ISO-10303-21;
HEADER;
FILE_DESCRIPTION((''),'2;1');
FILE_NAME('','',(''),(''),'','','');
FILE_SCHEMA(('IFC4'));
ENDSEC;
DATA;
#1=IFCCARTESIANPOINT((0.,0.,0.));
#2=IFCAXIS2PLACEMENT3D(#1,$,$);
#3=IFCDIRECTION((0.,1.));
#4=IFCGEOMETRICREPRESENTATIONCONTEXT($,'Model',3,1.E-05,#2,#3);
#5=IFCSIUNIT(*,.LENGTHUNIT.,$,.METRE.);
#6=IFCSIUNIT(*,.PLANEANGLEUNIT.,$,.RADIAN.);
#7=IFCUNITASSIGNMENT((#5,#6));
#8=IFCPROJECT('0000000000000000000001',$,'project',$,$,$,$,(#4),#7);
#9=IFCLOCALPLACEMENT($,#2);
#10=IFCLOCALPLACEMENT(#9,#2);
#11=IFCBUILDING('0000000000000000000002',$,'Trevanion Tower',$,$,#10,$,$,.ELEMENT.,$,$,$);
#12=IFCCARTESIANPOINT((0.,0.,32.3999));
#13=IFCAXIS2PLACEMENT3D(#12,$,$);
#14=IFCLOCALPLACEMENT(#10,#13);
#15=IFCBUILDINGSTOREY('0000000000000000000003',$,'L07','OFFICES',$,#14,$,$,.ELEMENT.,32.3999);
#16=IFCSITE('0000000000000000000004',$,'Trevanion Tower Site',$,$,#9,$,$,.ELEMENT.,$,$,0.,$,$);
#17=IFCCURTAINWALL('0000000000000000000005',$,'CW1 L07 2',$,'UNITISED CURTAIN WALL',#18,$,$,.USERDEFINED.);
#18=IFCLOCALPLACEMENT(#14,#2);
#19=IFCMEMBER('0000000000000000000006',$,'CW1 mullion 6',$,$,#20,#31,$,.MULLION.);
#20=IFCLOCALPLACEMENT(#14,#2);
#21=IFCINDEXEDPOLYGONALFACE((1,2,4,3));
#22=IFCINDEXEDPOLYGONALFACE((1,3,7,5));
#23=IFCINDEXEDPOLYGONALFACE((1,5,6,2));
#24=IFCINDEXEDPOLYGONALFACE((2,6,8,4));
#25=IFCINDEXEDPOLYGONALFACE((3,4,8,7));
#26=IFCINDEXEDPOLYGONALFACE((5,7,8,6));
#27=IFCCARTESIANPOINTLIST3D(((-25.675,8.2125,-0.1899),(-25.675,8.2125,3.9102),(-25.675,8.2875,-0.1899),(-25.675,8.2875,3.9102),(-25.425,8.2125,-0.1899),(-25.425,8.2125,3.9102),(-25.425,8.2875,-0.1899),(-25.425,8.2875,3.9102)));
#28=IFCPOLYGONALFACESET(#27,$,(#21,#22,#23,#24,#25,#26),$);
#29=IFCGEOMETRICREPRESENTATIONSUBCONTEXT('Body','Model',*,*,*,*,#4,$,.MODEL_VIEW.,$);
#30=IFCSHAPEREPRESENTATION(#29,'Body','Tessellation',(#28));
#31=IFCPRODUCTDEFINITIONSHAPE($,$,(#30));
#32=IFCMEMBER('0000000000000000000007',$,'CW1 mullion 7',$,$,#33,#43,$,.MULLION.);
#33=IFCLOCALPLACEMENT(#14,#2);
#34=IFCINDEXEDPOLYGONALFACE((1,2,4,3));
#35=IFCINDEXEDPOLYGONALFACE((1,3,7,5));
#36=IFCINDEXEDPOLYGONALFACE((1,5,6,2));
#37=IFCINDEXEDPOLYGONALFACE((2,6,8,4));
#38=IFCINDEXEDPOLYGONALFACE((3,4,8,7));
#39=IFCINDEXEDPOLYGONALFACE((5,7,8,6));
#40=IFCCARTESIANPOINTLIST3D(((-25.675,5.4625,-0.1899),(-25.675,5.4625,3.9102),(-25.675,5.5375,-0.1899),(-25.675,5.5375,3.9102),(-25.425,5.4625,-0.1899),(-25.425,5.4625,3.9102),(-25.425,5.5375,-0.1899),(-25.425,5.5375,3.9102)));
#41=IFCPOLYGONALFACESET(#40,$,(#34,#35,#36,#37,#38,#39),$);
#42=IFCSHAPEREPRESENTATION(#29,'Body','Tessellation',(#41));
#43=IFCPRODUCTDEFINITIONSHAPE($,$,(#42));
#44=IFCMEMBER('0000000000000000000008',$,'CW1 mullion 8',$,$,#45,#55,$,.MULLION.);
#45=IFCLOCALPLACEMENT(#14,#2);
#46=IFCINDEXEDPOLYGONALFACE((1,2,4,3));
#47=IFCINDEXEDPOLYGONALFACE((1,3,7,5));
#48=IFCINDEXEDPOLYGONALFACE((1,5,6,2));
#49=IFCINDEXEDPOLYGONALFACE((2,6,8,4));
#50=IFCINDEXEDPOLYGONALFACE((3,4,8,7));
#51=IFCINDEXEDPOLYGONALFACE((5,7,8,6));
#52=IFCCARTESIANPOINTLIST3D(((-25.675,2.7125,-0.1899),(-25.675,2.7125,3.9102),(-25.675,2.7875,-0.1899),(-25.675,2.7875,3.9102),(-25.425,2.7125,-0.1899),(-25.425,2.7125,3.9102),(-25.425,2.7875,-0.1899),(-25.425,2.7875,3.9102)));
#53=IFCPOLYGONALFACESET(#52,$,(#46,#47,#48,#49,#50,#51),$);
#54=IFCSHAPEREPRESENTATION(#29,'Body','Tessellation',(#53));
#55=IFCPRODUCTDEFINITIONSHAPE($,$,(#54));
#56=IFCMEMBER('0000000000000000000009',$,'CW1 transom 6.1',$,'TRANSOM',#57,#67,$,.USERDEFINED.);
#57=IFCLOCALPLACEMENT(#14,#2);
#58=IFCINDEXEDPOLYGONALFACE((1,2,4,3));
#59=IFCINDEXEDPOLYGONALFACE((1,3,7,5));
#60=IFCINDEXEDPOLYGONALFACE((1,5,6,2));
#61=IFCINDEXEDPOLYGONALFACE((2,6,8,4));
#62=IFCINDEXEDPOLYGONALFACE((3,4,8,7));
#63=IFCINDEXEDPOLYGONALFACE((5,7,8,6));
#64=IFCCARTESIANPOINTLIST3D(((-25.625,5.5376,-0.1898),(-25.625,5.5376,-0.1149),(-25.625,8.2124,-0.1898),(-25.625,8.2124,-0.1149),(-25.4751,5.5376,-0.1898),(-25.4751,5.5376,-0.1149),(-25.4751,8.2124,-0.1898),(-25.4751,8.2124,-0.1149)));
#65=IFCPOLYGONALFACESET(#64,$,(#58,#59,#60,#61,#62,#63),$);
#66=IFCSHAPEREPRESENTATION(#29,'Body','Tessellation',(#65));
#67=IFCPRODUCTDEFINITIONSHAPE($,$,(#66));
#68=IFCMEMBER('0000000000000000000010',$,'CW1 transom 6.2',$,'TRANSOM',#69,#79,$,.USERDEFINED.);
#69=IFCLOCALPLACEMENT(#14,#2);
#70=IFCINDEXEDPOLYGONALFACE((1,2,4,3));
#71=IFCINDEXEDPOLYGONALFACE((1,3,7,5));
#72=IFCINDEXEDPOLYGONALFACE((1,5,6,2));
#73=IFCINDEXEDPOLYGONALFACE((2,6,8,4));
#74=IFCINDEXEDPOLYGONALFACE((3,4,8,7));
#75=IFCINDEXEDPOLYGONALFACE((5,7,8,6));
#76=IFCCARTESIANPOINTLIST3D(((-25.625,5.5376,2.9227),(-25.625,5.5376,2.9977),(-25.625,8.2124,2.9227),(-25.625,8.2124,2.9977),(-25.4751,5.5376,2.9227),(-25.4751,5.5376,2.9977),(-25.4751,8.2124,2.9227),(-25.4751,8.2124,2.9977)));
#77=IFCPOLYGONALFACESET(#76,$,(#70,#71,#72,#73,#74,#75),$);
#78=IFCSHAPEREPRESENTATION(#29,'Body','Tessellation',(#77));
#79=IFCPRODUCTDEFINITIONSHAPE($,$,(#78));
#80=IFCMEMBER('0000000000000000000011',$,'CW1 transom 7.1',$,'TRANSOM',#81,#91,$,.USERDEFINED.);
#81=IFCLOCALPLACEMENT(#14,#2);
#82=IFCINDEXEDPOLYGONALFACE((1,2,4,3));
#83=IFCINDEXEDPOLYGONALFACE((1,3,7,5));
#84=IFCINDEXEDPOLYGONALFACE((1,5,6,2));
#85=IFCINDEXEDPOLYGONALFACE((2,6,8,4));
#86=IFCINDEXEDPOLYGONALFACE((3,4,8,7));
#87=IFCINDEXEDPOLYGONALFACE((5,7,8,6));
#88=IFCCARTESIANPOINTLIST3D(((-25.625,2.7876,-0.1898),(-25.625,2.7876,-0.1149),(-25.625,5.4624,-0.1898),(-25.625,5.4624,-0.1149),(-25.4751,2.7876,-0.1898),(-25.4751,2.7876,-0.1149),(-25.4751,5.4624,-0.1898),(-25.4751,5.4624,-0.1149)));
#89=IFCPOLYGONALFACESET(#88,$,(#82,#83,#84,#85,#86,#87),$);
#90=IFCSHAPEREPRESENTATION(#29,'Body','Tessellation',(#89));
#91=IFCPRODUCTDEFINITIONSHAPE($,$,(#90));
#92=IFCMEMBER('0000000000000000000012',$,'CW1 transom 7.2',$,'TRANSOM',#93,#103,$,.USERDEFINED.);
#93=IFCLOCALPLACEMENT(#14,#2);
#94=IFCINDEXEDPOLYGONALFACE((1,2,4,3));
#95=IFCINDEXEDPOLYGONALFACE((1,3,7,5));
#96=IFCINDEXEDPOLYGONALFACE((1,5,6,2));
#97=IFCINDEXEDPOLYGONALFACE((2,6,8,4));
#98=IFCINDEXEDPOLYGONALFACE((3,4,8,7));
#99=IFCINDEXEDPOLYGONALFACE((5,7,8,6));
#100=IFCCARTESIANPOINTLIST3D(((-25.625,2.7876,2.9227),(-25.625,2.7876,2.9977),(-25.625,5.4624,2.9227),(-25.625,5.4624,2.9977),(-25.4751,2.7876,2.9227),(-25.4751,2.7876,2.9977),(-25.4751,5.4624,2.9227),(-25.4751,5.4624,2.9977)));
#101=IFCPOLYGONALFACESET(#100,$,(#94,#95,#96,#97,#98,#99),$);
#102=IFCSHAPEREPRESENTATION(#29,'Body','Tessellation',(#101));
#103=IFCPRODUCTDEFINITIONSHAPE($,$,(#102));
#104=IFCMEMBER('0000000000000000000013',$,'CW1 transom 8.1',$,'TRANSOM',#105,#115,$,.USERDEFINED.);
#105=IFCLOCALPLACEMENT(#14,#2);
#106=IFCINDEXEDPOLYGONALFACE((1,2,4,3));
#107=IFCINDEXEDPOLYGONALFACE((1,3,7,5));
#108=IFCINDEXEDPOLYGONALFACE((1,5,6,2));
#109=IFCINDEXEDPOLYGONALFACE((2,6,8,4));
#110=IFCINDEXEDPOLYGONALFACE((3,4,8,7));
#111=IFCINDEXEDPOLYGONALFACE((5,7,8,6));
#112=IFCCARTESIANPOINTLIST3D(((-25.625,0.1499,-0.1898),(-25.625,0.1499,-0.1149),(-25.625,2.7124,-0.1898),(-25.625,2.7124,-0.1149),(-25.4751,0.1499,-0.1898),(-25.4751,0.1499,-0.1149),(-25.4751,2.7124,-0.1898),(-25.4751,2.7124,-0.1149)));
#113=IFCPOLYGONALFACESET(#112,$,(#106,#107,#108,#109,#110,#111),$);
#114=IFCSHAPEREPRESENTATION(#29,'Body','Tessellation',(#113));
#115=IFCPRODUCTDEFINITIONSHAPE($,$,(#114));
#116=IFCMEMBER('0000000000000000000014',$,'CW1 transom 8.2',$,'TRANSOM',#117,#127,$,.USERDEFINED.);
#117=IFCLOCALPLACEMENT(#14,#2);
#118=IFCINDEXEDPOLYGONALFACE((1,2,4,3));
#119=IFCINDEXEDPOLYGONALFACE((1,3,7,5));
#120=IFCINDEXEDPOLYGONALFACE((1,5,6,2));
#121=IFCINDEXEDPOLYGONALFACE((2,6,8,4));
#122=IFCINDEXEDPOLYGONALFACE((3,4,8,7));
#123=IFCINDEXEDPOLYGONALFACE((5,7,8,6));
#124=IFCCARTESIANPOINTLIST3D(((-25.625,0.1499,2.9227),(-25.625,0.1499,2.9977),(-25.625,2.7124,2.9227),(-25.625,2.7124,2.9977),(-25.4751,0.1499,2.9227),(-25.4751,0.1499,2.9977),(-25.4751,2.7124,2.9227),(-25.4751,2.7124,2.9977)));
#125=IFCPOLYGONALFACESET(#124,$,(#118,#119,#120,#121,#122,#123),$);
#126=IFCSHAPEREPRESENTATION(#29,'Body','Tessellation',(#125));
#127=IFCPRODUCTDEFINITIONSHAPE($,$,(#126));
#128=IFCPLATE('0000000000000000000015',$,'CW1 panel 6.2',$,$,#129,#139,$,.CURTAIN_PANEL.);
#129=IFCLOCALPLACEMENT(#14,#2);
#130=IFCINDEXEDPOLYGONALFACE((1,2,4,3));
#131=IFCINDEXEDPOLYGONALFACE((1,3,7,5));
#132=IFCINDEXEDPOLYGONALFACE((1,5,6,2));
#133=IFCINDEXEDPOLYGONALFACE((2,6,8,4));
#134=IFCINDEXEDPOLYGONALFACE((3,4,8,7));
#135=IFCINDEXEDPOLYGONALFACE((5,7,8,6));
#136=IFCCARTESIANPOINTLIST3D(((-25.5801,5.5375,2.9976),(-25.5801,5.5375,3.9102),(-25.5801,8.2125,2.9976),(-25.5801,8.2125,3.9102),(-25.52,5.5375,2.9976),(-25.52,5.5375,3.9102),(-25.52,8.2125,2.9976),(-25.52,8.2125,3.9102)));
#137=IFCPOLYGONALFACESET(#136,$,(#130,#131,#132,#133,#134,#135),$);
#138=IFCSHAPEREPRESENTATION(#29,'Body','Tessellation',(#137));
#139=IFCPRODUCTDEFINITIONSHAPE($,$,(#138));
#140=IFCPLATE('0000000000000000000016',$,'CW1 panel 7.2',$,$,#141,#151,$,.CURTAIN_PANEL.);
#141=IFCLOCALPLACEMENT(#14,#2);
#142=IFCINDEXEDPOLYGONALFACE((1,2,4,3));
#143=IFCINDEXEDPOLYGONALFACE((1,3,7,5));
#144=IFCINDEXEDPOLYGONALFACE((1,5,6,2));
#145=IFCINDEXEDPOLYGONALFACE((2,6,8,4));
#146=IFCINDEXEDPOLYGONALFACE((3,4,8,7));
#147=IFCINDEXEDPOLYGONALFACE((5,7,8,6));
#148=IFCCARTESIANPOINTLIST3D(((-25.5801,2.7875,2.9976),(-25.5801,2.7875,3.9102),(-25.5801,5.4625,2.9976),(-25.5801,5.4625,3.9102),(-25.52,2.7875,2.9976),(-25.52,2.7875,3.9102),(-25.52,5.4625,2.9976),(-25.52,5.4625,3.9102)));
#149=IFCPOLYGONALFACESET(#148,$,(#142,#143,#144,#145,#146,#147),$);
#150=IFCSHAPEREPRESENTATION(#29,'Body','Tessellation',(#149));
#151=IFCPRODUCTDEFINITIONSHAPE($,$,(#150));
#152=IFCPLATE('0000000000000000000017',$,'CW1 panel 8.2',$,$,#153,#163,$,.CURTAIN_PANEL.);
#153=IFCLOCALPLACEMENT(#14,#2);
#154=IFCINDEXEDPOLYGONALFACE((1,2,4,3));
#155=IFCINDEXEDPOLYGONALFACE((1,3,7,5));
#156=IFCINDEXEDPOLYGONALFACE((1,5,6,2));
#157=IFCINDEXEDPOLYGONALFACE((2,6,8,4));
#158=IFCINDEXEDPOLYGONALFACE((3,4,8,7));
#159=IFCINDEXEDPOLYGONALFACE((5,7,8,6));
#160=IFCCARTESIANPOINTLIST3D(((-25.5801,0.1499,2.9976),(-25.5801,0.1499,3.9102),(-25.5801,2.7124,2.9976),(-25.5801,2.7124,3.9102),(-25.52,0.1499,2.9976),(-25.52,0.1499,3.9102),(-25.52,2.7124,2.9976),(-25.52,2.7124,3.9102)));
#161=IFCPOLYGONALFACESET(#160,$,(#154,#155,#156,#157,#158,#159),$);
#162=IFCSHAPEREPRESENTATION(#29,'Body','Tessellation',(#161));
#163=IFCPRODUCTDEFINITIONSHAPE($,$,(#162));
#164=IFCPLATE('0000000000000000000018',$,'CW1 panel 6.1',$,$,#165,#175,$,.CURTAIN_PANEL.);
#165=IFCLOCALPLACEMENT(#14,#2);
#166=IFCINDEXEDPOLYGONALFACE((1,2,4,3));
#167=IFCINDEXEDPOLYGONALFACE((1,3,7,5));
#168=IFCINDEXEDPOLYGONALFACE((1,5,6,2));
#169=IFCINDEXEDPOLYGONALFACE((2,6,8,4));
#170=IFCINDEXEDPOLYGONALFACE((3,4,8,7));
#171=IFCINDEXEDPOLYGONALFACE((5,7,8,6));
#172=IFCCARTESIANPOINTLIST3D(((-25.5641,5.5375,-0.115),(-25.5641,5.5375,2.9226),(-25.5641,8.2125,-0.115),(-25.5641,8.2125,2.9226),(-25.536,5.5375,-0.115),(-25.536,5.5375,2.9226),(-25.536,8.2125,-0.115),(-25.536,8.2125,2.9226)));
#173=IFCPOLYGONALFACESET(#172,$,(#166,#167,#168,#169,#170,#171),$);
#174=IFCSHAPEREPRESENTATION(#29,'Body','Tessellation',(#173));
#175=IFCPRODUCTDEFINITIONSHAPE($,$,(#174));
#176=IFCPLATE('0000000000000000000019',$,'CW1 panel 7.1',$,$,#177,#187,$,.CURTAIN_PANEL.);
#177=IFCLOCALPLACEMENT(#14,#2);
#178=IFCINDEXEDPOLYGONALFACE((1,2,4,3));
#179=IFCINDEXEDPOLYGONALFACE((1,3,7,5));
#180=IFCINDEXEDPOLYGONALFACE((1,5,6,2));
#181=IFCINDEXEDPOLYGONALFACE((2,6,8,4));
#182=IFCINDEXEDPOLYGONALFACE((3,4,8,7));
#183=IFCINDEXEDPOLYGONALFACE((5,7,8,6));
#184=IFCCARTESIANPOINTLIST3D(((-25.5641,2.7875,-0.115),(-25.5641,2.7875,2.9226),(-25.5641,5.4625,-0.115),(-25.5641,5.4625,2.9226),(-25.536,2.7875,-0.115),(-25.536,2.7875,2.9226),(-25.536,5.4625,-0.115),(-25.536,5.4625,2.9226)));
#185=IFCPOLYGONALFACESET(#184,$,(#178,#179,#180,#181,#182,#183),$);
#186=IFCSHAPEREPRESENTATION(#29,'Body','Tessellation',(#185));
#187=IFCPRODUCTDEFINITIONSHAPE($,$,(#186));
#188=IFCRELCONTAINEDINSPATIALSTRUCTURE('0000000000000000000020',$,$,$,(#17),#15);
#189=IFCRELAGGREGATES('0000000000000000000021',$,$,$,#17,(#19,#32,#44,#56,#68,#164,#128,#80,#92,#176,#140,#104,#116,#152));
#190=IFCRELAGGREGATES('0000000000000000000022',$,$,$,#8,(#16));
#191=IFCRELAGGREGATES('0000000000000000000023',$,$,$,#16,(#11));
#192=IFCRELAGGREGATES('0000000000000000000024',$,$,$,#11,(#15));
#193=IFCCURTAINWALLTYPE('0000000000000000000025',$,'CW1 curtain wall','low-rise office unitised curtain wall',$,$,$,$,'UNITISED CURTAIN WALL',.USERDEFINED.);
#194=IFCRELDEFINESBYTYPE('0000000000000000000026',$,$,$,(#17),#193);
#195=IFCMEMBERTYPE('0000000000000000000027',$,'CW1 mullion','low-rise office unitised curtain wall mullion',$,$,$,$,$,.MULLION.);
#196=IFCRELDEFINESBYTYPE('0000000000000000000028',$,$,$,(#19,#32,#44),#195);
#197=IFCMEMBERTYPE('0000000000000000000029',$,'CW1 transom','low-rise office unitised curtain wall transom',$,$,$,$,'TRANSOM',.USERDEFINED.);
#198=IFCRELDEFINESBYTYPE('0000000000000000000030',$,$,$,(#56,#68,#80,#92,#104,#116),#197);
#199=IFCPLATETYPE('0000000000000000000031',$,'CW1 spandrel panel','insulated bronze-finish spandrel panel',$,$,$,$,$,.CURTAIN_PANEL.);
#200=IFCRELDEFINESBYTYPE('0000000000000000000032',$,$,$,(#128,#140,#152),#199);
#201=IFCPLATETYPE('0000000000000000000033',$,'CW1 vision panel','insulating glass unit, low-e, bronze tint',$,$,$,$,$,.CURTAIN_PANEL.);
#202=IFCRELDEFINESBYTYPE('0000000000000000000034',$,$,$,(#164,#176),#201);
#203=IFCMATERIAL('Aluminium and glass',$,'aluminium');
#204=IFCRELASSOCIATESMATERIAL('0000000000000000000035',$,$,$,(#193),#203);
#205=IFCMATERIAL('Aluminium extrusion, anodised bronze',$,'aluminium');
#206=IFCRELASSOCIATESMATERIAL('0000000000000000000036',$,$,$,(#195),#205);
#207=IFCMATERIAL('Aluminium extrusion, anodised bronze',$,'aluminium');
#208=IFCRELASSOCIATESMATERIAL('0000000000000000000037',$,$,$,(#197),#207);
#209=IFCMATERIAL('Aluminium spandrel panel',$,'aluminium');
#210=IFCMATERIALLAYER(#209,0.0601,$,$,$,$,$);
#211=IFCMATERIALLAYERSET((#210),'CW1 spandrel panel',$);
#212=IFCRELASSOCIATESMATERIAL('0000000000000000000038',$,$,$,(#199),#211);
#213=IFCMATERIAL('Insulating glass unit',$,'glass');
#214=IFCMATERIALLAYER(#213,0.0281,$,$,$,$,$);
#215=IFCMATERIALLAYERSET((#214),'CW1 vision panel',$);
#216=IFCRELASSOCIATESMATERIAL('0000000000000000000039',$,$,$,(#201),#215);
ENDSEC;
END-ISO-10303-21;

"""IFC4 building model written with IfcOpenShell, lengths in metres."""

from ifc_helpers import new_model, si_unit, direction, frame, origin, origin_2d, place, context, subcontext, project, spatial, rectangle, extrude, material, layer, layer_set, material_profile, profile_set, type_object, element, aggregate, save


model = new_model("IFC4")

# Units and contexts
model_context = context("Model", 3, precision=1e-05, world=origin(), true_north=direction((0.0, 1.0)))
body_context = subcontext(model_context, "Body", "Model", "MODEL_VIEW")
ifc_project = project(units=[si_unit("LENGTHUNIT", "METRE"), si_unit("PLANEANGLEUNIT", "RADIAN")], contexts=[model_context])

# Site, building, storey
site_placement = place(None, origin())
site = spatial("IfcSite", under=ifc_project, at=site_placement, Name="Trevanion Tower Site", CompositionType="ELEMENT", RefElevation=0.0)
building_placement = place(site_placement, origin())
building = spatial("IfcBuilding", under=site, at=building_placement, Name="Trevanion Tower", CompositionType="ELEMENT")
storey_placement = place(building_placement, frame((0.0, 0.0, 32.3999)))
storey = spatial("IfcBuildingStorey", under=building, at=storey_placement, Name="L07", Description="OFFICES", CompositionType="ELEMENT", Elevation=32.3999)

# Curtain wall, members, plates
ifc_material_1 = material(Name="Aluminium and glass", Category="aluminium")
curtain_wall_type = type_object("IfcCurtainWallType", Name="CW1 curtain wall", Description="low-rise office unitised curtain wall", ElementType="UNITISED CURTAIN WALL", PredefinedType="USERDEFINED", material=ifc_material_1)
curtain_wall_placement = place(storey_placement, origin())
curtain_wall = element("IfcCurtainWall", 1, at=curtain_wall_placement, inside=storey, type_object=curtain_wall_type, Name="CW1 L07 2", ObjectType="UNITISED CURTAIN WALL", PredefinedType="USERDEFINED")
ifc_material_2 = material(Name="Aluminium extrusion, anodised bronze", Category="aluminium")
ifc_material_profile_1 = material_profile(ifc_material_2, rectangle(XDim=0.075, YDim=0.25, at=origin_2d()), Name="CW1 mullion")
ifc_profile_set_1 = profile_set([ifc_material_profile_1], Name="Aluminium extrusion, anodised bronze")
member_type_1 = type_object("IfcMemberType", Name="CW1 mullion", Description="low-rise office unitised curtain wall mullion", PredefinedType="MULLION", material=ifc_profile_set_1)
member_1_placement = place(storey_placement, frame((-25.55, 8.25, -0.1899), z_axis=(0.0, 0.0, 1.0), x_axis=(0.0, -1.0, 0.0)))
member_1 = element("IfcMember", 2, at=member_1_placement, type_object=member_type_1, Name="CW1 mullion 6", PredefinedType="MULLION", context=body_context, shape_type="SweptSolid", body=[
    extrude(rectangle(XDim=0.075, YDim=0.25, at=origin_2d()), origin(), (0.0, 0.0, 1.0), 4.1001),
])
member_2_placement = place(storey_placement, frame((-25.55, 5.5, -0.1899), z_axis=(0.0, 0.0, 1.0), x_axis=(0.0, -1.0, 0.0)))
member_2 = element("IfcMember", 3, at=member_2_placement, type_object=member_type_1, Name="CW1 mullion 7", PredefinedType="MULLION", context=body_context, shape_type="SweptSolid", body=[
    extrude(rectangle(XDim=0.075, YDim=0.25, at=origin_2d()), origin(), (0.0, 0.0, 1.0), 4.1001),
])
member_3_placement = place(storey_placement, frame((-25.55, 2.75, -0.1899), z_axis=(0.0, 0.0, 1.0), x_axis=(0.0, -1.0, 0.0)))
member_3 = element("IfcMember", 4, at=member_3_placement, type_object=member_type_1, Name="CW1 mullion 8", PredefinedType="MULLION", context=body_context, shape_type="SweptSolid", body=[
    extrude(rectangle(XDim=0.075, YDim=0.25, at=origin_2d()), origin(), (0.0, 0.0, 1.0), 4.1001),
])
ifc_material_3 = material(Name="Aluminium extrusion, anodised bronze", Category="aluminium")
ifc_material_profile_2 = material_profile(ifc_material_3, rectangle(XDim=0.1499, YDim=0.075, at=origin_2d()), Name="CW1 transom")
ifc_profile_set_2 = profile_set([ifc_material_profile_2], Name="Aluminium extrusion, anodised bronze")
member_type_2 = type_object("IfcMemberType", Name="CW1 transom", Description="low-rise office unitised curtain wall transom", ElementType="TRANSOM", PredefinedType="USERDEFINED", material=ifc_profile_set_2)
member_4_placement = place(storey_placement, frame((-25.55, 8.2124, -0.1523), z_axis=(0.0, -1.0, 0.0), x_axis=(1.0, 0.0, 0.0)))
member_4 = element("IfcMember", 5, at=member_4_placement, type_object=member_type_2, Name="CW1 transom 6.1", ObjectType="TRANSOM", PredefinedType="USERDEFINED", context=body_context, shape_type="SweptSolid", body=[
    extrude(rectangle(XDim=0.1499, YDim=0.075, at=origin_2d()), origin(), (0.0, 0.0, 1.0), 2.6748),
])
member_5_placement = place(storey_placement, frame((-25.55, 8.2124, 2.9602), z_axis=(0.0, -1.0, 0.0), x_axis=(1.0, 0.0, 0.0)))
member_5 = element("IfcMember", 6, at=member_5_placement, type_object=member_type_2, Name="CW1 transom 6.2", ObjectType="TRANSOM", PredefinedType="USERDEFINED", context=body_context, shape_type="SweptSolid", body=[
    extrude(rectangle(XDim=0.1499, YDim=0.075, at=origin_2d()), origin(), (0.0, 0.0, 1.0), 2.6748),
])
member_6_placement = place(storey_placement, frame((-25.55, 5.4624, -0.1523), z_axis=(0.0, -1.0, 0.0), x_axis=(1.0, 0.0, 0.0)))
member_6 = element("IfcMember", 7, at=member_6_placement, type_object=member_type_2, Name="CW1 transom 7.1", ObjectType="TRANSOM", PredefinedType="USERDEFINED", context=body_context, shape_type="SweptSolid", body=[
    extrude(rectangle(XDim=0.1499, YDim=0.075, at=origin_2d()), origin(), (0.0, 0.0, 1.0), 2.6748),
])
member_7_placement = place(storey_placement, frame((-25.55, 5.4624, 2.9602), z_axis=(0.0, -1.0, 0.0), x_axis=(1.0, 0.0, 0.0)))
member_7 = element("IfcMember", 8, at=member_7_placement, type_object=member_type_2, Name="CW1 transom 7.2", ObjectType="TRANSOM", PredefinedType="USERDEFINED", context=body_context, shape_type="SweptSolid", body=[
    extrude(rectangle(XDim=0.1499, YDim=0.075, at=origin_2d()), origin(), (0.0, 0.0, 1.0), 2.6748),
])
member_8_placement = place(storey_placement, frame((-25.55, 2.7124, -0.1523), z_axis=(0.0, -1.0, 0.0), x_axis=(1.0, 0.0, 0.0)))
member_8 = element("IfcMember", 9, at=member_8_placement, type_object=member_type_2, Name="CW1 transom 8.1", ObjectType="TRANSOM", PredefinedType="USERDEFINED", context=body_context, shape_type="SweptSolid", body=[
    extrude(rectangle(XDim=0.1499, YDim=0.075, at=origin_2d()), origin(), (0.0, 0.0, 1.0), 2.5625),
])
member_9_placement = place(storey_placement, frame((-25.55, 2.7124, 2.9602), z_axis=(0.0, -1.0, 0.0), x_axis=(1.0, 0.0, 0.0)))
member_9 = element("IfcMember", 10, at=member_9_placement, type_object=member_type_2, Name="CW1 transom 8.2", ObjectType="TRANSOM", PredefinedType="USERDEFINED", context=body_context, shape_type="SweptSolid", body=[
    extrude(rectangle(XDim=0.1499, YDim=0.075, at=origin_2d()), origin(), (0.0, 0.0, 1.0), 2.5625),
])
ifc_material_4 = material(Name="Aluminium spandrel panel", Category="aluminium")
ifc_layer_1 = layer(ifc_material_4, 0.0601)
ifc_layer_set_1 = layer_set([ifc_layer_1], Name="CW1 spandrel panel")
plate_type_1 = type_object("IfcPlateType", Name="CW1 spandrel panel", Description="insulated bronze-finish spandrel panel", PredefinedType="CURTAIN_PANEL", material=ifc_layer_set_1)
plate_1_placement = place(storey_placement, frame((-25.55, 6.875, 2.9976), z_axis=(0.0, 0.0, 1.0), x_axis=(0.0, -1.0, 0.0)))
plate_1 = element("IfcPlate", 11, at=plate_1_placement, type_object=plate_type_1, Name="CW1 panel 6.2", PredefinedType="CURTAIN_PANEL", context=body_context, shape_type="SweptSolid", body=[
    extrude(rectangle(XDim=2.675, YDim=0.0601, at=origin_2d()), origin(), (0.0, 0.0, 1.0), 0.9126),
])
plate_2_placement = place(storey_placement, frame((-25.55, 4.125, 2.9976), z_axis=(0.0, 0.0, 1.0), x_axis=(0.0, -1.0, 0.0)))
plate_2 = element("IfcPlate", 12, at=plate_2_placement, type_object=plate_type_1, Name="CW1 panel 7.2", PredefinedType="CURTAIN_PANEL", context=body_context, shape_type="SweptSolid", body=[
    extrude(rectangle(XDim=2.675, YDim=0.0601, at=origin_2d()), origin(), (0.0, 0.0, 1.0), 0.9126),
])
plate_3_placement = place(storey_placement, frame((-25.55, 1.4312, 2.9976), z_axis=(0.0, 0.0, 1.0), x_axis=(0.0, -1.0, 0.0)))
plate_3 = element("IfcPlate", 13, at=plate_3_placement, type_object=plate_type_1, Name="CW1 panel 8.2", PredefinedType="CURTAIN_PANEL", context=body_context, shape_type="SweptSolid", body=[
    extrude(rectangle(XDim=2.5625, YDim=0.0601, at=origin_2d()), origin(), (0.0, 0.0, 1.0), 0.9126),
])
ifc_material_5 = material(Name="Insulating glass unit", Category="glass")
ifc_layer_2 = layer(ifc_material_5, 0.0281)
ifc_layer_set_2 = layer_set([ifc_layer_2], Name="CW1 vision panel")
plate_type_2 = type_object("IfcPlateType", Name="CW1 vision panel", Description="insulating glass unit, low-e, bronze tint", PredefinedType="CURTAIN_PANEL", material=ifc_layer_set_2)
plate_4_placement = place(storey_placement, frame((-25.55, 6.875, -0.115), z_axis=(0.0, 0.0, 1.0), x_axis=(0.0, -1.0, 0.0)))
plate_4 = element("IfcPlate", 14, at=plate_4_placement, type_object=plate_type_2, Name="CW1 panel 6.1", PredefinedType="CURTAIN_PANEL", context=body_context, shape_type="SweptSolid", body=[
    extrude(rectangle(XDim=2.675, YDim=0.0281, at=origin_2d()), origin(), (0.0, 0.0, 1.0), 3.0376),
])
plate_5_placement = place(storey_placement, frame((-25.55, 4.125, -0.115), z_axis=(0.0, 0.0, 1.0), x_axis=(0.0, -1.0, 0.0)))
plate_5 = element("IfcPlate", 15, at=plate_5_placement, type_object=plate_type_2, Name="CW1 panel 7.1", PredefinedType="CURTAIN_PANEL", context=body_context, shape_type="SweptSolid", body=[
    extrude(rectangle(XDim=2.675, YDim=0.0281, at=origin_2d()), origin(), (0.0, 0.0, 1.0), 3.0376),
])
aggregate(curtain_wall, [member_1, member_2, member_3, member_4, member_5, plate_4, plate_1, member_6, member_7, plate_5, plate_2, member_8, member_9, plate_3])

save(model, "model.ifc")
